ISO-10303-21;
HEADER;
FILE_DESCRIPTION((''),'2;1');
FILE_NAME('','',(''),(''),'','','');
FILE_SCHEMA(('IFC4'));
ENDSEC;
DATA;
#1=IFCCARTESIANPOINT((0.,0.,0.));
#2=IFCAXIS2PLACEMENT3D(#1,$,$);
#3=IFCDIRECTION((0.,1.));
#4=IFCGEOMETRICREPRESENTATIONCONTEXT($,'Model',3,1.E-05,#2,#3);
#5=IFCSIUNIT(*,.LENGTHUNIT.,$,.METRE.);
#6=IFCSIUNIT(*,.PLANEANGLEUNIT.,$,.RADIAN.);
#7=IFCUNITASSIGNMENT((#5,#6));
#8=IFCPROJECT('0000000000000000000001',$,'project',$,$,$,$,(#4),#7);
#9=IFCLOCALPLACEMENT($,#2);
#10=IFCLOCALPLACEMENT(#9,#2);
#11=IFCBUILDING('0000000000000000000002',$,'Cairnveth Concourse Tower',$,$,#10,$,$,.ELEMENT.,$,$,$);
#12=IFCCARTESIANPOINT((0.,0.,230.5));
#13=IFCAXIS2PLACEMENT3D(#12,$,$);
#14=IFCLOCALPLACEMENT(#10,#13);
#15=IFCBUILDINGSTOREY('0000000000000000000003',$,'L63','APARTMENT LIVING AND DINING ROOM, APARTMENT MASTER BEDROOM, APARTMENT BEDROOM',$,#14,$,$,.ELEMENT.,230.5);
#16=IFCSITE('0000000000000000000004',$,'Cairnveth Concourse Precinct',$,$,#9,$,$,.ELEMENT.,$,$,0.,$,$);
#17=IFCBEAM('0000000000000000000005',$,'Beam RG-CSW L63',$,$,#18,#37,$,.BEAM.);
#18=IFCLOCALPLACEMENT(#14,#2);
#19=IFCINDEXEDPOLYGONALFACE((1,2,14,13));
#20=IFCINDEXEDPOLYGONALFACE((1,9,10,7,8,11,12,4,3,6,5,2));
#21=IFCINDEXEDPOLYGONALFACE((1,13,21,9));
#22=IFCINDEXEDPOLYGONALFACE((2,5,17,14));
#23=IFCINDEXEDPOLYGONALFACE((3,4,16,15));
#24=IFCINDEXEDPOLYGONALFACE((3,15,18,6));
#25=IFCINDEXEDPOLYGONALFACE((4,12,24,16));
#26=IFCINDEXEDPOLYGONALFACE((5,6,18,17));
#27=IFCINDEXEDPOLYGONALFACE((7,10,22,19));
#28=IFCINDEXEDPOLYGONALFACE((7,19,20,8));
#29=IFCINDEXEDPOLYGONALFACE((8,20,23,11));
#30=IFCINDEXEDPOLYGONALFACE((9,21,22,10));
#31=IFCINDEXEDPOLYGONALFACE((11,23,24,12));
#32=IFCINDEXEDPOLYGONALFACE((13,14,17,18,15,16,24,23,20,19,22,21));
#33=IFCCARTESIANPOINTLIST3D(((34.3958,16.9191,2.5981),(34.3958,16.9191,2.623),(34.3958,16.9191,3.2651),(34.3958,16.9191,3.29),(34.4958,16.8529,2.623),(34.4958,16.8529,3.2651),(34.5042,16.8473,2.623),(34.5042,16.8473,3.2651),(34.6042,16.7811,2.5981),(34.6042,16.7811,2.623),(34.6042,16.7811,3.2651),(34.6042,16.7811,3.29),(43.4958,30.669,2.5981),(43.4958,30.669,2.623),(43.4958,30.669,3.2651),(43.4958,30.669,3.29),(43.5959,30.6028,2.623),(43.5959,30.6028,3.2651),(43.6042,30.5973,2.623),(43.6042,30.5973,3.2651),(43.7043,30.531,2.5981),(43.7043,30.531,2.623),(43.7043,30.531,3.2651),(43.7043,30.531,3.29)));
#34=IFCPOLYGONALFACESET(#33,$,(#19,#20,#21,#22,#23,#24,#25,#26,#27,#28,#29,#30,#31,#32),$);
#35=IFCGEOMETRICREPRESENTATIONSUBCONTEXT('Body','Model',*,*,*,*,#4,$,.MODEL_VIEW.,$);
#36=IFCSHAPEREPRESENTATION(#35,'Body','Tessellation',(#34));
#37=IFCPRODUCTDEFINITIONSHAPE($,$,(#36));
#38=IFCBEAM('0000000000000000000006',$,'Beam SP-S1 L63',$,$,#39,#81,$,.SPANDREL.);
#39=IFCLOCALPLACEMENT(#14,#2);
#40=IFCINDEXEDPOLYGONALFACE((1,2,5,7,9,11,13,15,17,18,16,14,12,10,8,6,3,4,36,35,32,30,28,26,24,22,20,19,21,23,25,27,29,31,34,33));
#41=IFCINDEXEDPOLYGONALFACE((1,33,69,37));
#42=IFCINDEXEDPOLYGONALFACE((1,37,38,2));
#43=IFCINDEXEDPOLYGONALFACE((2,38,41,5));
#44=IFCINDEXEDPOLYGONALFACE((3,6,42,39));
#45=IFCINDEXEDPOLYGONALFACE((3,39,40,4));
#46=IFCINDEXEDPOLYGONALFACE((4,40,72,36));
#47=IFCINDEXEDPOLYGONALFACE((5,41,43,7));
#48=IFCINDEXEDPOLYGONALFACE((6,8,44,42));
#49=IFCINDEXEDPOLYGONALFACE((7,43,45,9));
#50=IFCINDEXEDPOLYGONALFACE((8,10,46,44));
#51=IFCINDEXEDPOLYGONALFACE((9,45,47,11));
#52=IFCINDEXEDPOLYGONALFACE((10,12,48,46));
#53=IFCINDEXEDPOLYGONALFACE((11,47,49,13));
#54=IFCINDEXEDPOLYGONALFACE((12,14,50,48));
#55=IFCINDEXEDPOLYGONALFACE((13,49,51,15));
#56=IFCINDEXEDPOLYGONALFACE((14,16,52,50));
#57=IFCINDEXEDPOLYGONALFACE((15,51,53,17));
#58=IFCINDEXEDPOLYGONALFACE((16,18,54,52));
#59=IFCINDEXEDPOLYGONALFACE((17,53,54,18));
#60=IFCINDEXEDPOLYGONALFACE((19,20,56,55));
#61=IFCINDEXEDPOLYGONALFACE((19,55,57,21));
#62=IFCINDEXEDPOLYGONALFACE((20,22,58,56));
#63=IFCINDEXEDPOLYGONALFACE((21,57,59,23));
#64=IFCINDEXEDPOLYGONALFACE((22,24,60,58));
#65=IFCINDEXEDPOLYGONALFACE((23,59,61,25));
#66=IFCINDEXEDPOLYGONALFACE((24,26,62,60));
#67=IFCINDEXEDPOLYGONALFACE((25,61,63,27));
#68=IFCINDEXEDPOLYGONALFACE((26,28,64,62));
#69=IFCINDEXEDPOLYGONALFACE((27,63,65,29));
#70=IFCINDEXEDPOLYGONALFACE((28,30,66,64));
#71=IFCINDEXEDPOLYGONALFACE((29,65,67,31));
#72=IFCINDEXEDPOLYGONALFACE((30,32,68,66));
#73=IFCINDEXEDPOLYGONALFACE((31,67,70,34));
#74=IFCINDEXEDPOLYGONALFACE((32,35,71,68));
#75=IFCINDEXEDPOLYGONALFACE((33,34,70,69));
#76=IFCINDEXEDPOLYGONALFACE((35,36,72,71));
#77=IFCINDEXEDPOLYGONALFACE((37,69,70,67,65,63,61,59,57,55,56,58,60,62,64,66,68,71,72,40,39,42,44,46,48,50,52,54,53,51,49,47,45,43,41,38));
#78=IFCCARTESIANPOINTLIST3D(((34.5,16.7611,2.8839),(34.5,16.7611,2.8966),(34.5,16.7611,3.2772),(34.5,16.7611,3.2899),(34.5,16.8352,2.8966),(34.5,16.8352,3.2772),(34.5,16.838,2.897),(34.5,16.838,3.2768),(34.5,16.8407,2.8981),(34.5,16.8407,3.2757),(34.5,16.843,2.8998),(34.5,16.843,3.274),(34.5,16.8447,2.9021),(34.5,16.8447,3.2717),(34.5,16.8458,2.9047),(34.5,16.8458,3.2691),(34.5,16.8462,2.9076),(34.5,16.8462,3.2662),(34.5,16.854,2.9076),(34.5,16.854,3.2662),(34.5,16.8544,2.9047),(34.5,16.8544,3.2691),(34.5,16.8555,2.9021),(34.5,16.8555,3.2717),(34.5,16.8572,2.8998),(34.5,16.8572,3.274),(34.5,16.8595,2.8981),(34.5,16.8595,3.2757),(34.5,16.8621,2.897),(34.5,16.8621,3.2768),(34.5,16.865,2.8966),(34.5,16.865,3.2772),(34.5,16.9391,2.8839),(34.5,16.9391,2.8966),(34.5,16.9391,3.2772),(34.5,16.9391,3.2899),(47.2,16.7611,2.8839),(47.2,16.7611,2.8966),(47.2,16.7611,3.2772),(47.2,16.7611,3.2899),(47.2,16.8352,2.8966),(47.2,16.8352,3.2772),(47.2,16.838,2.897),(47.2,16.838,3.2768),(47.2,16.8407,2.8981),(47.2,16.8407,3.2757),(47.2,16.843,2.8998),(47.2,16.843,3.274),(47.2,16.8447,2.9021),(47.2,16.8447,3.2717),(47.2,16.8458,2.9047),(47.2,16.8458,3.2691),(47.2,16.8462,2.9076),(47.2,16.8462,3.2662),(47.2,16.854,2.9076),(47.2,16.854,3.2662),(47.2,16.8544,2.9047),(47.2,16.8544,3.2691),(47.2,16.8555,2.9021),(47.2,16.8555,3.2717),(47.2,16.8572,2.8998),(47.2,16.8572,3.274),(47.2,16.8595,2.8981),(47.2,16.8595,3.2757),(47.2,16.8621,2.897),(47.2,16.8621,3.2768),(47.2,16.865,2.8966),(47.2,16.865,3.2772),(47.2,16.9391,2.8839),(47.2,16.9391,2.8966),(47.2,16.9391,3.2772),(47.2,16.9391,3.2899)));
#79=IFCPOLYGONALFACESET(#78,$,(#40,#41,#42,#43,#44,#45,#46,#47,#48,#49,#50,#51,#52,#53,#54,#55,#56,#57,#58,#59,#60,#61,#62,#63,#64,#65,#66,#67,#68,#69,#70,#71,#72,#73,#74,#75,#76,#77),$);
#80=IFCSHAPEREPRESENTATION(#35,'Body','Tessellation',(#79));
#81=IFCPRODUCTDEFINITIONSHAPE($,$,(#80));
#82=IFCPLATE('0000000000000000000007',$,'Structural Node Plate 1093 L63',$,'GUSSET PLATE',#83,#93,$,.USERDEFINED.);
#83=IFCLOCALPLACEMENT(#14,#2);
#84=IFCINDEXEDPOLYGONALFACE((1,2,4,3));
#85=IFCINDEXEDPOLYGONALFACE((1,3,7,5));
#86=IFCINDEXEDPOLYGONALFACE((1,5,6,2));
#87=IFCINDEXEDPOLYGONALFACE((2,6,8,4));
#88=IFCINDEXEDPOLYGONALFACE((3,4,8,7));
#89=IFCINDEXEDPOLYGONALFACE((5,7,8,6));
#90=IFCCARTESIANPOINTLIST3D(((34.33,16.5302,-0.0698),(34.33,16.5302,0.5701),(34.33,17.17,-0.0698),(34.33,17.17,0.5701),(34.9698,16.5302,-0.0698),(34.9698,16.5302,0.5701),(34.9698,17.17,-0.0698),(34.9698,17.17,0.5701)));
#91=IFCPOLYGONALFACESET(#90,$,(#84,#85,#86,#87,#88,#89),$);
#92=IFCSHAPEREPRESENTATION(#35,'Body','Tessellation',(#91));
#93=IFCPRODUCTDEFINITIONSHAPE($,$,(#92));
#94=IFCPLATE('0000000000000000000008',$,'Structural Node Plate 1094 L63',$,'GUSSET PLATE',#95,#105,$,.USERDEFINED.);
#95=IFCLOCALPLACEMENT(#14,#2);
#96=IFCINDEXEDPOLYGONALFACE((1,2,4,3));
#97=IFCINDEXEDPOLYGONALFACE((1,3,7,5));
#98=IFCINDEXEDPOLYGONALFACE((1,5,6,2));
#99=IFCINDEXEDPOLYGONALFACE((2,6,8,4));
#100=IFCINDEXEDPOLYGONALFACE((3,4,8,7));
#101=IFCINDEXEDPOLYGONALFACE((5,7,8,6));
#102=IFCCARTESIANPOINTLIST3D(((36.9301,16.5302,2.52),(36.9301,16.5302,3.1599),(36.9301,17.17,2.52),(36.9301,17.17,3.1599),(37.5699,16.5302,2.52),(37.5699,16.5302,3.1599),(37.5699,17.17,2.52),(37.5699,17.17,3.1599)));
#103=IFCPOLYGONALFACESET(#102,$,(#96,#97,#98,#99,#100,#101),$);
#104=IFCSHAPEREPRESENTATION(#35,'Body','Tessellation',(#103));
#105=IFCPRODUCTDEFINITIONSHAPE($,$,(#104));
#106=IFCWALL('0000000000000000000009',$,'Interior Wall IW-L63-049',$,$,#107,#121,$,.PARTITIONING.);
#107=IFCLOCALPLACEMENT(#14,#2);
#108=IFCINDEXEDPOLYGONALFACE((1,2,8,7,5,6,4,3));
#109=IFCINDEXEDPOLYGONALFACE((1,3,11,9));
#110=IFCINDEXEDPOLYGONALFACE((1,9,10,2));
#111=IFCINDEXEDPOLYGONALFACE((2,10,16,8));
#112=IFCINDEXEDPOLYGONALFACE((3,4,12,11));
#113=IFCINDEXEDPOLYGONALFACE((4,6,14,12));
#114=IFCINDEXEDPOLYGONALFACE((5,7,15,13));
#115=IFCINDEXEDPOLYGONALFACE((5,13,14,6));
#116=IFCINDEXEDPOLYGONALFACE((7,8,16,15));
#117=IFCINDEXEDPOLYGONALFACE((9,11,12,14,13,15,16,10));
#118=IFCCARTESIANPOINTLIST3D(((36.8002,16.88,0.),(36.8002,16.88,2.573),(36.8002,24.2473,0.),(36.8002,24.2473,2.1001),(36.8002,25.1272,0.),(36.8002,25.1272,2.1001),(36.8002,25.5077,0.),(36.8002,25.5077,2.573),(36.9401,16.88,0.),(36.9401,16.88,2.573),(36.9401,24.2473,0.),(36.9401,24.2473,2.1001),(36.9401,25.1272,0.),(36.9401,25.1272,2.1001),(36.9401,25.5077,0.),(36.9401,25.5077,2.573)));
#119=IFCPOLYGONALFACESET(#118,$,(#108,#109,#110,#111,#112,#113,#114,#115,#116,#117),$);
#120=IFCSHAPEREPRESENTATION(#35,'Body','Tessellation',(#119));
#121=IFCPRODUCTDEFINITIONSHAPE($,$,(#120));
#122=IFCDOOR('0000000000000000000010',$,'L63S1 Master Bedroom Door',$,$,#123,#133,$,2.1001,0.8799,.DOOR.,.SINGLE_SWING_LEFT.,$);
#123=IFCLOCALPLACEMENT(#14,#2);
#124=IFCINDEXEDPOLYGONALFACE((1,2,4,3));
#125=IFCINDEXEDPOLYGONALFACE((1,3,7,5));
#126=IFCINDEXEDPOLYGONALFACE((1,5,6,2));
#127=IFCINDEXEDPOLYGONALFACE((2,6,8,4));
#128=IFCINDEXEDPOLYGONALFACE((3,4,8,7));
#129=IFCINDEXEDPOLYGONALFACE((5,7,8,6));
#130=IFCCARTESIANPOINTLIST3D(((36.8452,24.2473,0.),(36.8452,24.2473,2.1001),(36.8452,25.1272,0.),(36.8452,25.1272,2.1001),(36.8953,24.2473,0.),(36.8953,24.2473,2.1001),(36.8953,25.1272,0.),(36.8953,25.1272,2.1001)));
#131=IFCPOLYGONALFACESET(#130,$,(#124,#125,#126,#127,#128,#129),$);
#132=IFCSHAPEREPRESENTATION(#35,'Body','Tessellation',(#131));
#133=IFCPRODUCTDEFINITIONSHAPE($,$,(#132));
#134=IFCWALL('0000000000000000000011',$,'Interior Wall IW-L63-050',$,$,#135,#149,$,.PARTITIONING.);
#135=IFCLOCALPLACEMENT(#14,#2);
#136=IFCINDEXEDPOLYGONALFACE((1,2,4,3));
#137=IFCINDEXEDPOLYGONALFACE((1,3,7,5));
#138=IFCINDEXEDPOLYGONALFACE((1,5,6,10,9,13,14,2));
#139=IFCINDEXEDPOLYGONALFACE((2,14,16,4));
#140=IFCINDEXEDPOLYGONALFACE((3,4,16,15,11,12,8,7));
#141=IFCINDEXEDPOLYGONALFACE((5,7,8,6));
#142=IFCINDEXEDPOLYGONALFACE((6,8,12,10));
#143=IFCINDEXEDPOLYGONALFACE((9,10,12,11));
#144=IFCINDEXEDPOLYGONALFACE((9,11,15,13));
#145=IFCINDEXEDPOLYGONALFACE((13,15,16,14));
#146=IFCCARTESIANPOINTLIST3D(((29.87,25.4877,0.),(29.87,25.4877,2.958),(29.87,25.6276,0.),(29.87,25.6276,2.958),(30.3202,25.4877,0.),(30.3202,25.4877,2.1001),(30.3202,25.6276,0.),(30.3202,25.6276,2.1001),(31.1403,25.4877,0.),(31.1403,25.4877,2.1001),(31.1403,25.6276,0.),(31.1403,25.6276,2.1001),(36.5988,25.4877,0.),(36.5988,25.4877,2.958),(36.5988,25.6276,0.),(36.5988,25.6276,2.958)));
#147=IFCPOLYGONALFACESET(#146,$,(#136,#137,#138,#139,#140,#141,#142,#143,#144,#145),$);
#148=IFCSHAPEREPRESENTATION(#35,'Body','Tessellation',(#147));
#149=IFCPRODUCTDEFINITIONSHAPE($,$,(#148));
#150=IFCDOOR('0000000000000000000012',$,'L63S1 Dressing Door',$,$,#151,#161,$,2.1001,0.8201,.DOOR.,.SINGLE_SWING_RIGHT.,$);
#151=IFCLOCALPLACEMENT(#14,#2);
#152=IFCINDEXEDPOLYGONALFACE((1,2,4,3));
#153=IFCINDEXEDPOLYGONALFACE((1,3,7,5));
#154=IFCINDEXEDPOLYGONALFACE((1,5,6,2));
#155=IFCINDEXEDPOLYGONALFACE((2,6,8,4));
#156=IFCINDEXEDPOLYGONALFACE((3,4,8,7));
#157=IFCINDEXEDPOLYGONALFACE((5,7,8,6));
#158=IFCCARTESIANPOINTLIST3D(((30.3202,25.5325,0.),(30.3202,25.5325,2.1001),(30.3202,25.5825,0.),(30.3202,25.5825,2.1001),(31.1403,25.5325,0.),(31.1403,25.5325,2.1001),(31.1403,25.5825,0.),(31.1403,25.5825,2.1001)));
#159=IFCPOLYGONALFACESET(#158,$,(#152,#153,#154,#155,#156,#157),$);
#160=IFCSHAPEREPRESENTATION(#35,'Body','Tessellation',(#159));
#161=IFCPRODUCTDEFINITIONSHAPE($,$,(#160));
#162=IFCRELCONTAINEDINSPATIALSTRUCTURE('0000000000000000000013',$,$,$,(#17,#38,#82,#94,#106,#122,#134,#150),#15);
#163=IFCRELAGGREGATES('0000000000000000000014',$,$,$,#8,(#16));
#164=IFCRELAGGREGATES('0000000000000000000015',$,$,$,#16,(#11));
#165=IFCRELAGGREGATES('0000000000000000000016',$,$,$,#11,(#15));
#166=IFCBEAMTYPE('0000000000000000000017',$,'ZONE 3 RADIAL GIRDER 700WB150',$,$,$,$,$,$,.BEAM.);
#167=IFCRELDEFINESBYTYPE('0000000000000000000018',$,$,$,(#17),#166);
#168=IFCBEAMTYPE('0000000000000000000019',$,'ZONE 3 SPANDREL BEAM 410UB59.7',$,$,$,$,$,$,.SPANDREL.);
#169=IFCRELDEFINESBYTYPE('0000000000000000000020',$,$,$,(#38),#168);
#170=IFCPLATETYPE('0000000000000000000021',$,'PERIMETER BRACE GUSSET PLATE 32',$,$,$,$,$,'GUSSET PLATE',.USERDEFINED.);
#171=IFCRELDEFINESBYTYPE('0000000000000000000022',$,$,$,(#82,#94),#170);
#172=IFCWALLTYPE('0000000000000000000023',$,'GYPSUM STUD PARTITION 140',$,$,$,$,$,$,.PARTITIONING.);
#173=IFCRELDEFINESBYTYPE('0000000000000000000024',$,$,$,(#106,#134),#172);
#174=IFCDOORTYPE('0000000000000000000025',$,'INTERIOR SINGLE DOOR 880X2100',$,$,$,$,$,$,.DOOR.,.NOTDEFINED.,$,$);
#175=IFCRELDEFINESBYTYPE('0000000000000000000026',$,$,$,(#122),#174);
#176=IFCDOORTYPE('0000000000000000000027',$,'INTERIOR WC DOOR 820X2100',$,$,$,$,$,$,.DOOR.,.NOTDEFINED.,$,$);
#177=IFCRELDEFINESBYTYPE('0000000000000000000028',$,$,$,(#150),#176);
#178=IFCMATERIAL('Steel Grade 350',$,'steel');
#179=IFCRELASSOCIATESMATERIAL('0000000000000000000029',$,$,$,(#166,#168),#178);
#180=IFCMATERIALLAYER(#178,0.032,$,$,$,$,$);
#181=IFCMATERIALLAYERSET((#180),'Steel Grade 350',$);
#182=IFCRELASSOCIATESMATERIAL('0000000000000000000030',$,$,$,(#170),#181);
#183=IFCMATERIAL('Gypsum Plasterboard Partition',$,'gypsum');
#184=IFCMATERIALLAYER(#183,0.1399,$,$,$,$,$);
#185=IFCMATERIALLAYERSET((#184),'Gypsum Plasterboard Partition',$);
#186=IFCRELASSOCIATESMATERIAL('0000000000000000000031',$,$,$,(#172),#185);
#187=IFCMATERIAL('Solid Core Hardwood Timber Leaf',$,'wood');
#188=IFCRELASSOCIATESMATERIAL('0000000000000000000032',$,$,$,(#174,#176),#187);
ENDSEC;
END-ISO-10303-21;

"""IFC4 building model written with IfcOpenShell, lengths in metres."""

from ifc_helpers import new_model, si_unit, direction, frame, frame_2d, origin, origin_2d, place, context, subcontext, project, spatial, rectangle, i_section, extrude, material, layer, layer_set, material_profile, profile_set, type_object, element, fill, save


model = new_model("IFC4")

# Units and contexts
model_context = context("Model", 3, precision=1e-05, world=origin(), true_north=direction((0.0, 1.0)))
body_context = subcontext(model_context, "Body", "Model", "MODEL_VIEW")
ifc_project = project(units=[si_unit("LENGTHUNIT", "METRE"), si_unit("PLANEANGLEUNIT", "RADIAN")], contexts=[model_context])

# Site, building, storey
site_placement = place(None, origin())
site = spatial("IfcSite", under=ifc_project, at=site_placement, Name="Cairnveth Concourse Precinct", CompositionType="ELEMENT", RefElevation=0.0)
building_placement = place(site_placement, origin())
building = spatial("IfcBuilding", under=site, at=building_placement, Name="Cairnveth Concourse Tower", CompositionType="ELEMENT")
storey_placement = place(building_placement, frame((0.0, 0.0, 230.5)))
storey = spatial("IfcBuildingStorey", under=building, at=storey_placement, Name="L63", Description="APARTMENT LIVING AND DINING ROOM, APARTMENT MASTER BEDROOM, APARTMENT BEDROOM", CompositionType="ELEMENT", Elevation=230.5)

# Shared definitions
ifc_material_1 = material(Name="Steel Grade 350", Category="steel")

# Beams
ifc_material_profile_1 = material_profile(ifc_material_1, i_section(OverallWidth=0.25, OverallDepth=0.6919, WebThickness=0.01, FlangeThickness=0.0249, at=origin_2d()), Name="700WB150")
ifc_profile_set_1 = profile_set([ifc_material_profile_1], Name="Steel Grade 350")
beam_type_1 = type_object("IfcBeamType", Name="ZONE 3 RADIAL GIRDER 700WB150", PredefinedType="BEAM", material=ifc_profile_set_1)
beam_1_placement = place(storey_placement, frame((34.5, 16.8501, 2.9441), z_axis=(0.551902, 0.833909, 0.0), x_axis=(-0.833909, 0.551902, 0.0)))
element("IfcBeam", 1, at=beam_1_placement, inside=storey, type_object=beam_type_1, Name="Beam RG-CSW L63", PredefinedType="BEAM", context=body_context, shape_type="SweptSolid", body=[
    extrude(i_section(OverallWidth=0.25, OverallDepth=0.6919, WebThickness=0.01, FlangeThickness=0.0249, at=origin_2d()), origin(), (0.0, 0.0, 1.0), 16.4885),
])
ifc_material_profile_2 = material_profile(ifc_material_1, i_section(OverallWidth=0.178, OverallDepth=0.406, WebThickness=0.0078, FlangeThickness=0.0127, FilletRadius=0.011, at=origin_2d()), Name="410UB59.7")
ifc_profile_set_2 = profile_set([ifc_material_profile_2], Name="Steel Grade 350")
beam_type_2 = type_object("IfcBeamType", Name="ZONE 3 SPANDREL BEAM 410UB59.7", PredefinedType="SPANDREL", material=ifc_profile_set_2)
beam_2_placement = place(storey_placement, frame((34.5, 16.8501, 3.0869), z_axis=(1.0, 0.0, 0.0), x_axis=(0.0, 1.0, 0.0)))
element("IfcBeam", 2, at=beam_2_placement, inside=storey, type_object=beam_type_2, Name="Beam SP-S1 L63", PredefinedType="SPANDREL", context=body_context, shape_type="SweptSolid", body=[
    extrude(i_section(OverallWidth=0.178, OverallDepth=0.406, WebThickness=0.0078, FlangeThickness=0.0127, FilletRadius=0.011, at=origin_2d()), origin(), (0.0, 0.0, 1.0), 12.7),
])

# Plates
ifc_layer_1 = layer(ifc_material_1, 0.032)
ifc_layer_set_1 = layer_set([ifc_layer_1], Name="Steel Grade 350")
plate_type = type_object("IfcPlateType", Name="PERIMETER BRACE GUSSET PLATE 32", ElementType="GUSSET PLATE", PredefinedType="USERDEFINED", material=ifc_layer_set_1)
for number, where, z_axis, x_axis, name in (
    (3, (34.6499, 16.8501, -0.0698), (0.0, 0.0, 1.0), (1.0, 0.0, 0.0), "Structural Node Plate 1093 L63"),
    (4, (37.25, 16.8501, 2.52), (0.0, 0.0, 1.0), (1.0, 0.0, 0.0), "Structural Node Plate 1094 L63"),
):
    element("IfcPlate", number, at=place(storey_placement, frame(where, z_axis=z_axis, x_axis=x_axis)), inside=storey, type_object=plate_type, Name=name, ObjectType="GUSSET PLATE", PredefinedType="USERDEFINED", context=body_context, shape_type="SweptSolid", body=[
        extrude(rectangle(XDim=0.6399, YDim=0.6399, at=origin_2d()), origin(), (0.0, 0.0, 1.0), 0.6399),
    ])

# Walls, openings, doors
ifc_material_2 = material(Name="Gypsum Plasterboard Partition", Category="gypsum")
ifc_layer_2 = layer(ifc_material_2, 0.1399)
ifc_layer_set_2 = layer_set([ifc_layer_2], Name="Gypsum Plasterboard Partition")
wall_type_1 = type_object("IfcWallType", Name="GYPSUM STUD PARTITION 140", PredefinedType="PARTITIONING", material=ifc_layer_set_2)
wall_1_placement = place(storey_placement, frame((36.8701, 16.8799, 0.0), z_axis=(0.0, 0.0, 1.0), x_axis=(0.0, 1.0, 0.0)))
wall_1 = element("IfcWall", 5, at=wall_1_placement, inside=storey, type_object=wall_type_1, Name="Interior Wall IW-L63-049", PredefinedType="PARTITIONING", context=body_context, shape_type="SweptSolid", body=[
    extrude(rectangle(XDim=8.6277, YDim=0.1399, at=frame_2d((4.314, 0.0))), origin(), (0.0, 0.0, 1.0), 2.573),
])
opening_1_placement = place(wall_1_placement, frame((7.3674, 0.0, 0.0)))
opening_1 = element("IfcOpeningElement", 6, at=opening_1_placement, cuts=wall_1, PredefinedType="OPENING", context=body_context, shape_type="SweptSolid", body=[
    extrude(rectangle(XDim=0.8799, YDim=2.1001, at=frame_2d((0.4399, 1.05))), frame((0.0, 0.0798, 0.0), z_axis=(0.0, -1.0, 0.0), x_axis=(1.0, 0.0, 0.0)), (0.0, 0.0, 1.0), 0.1599),
])
ifc_material_3 = material(Name="Solid Core Hardwood Timber Leaf", Category="wood")
door_type_1 = type_object("IfcDoorType", Name="INTERIOR SINGLE DOOR 880X2100", OperationType="NOTDEFINED", PredefinedType="DOOR", material=ifc_material_3)
door_1_placement = place(opening_1_placement, origin())
door_1 = element("IfcDoor", 7, at=door_1_placement, inside=storey, type_object=door_type_1, Name="L63S1 Master Bedroom Door", OperationType="SINGLE_SWING_LEFT", OverallHeight=2.1001, OverallWidth=0.8799, PredefinedType="DOOR", context=body_context, shape_type="SweptSolid", body=[
    extrude(rectangle(XDim=0.8799, YDim=2.1001, at=frame_2d((0.4399, 1.05))), frame((0.0, 0.0249, 0.0), z_axis=(0.0, -1.0, 0.0), x_axis=(1.0, 0.0, 0.0)), (0.0, 0.0, 1.0), 0.05),
])
fill(opening_1, door_1)
wall_2_placement = place(storey_placement, frame((29.8701, 25.5576, 0.0), z_axis=(0.0, 0.0, 1.0), x_axis=(1.0, 0.0, 0.0)))
wall_2 = element("IfcWall", 8, at=wall_2_placement, inside=storey, type_object=wall_type_1, Name="Interior Wall IW-L63-050", PredefinedType="PARTITIONING", context=body_context, shape_type="SweptSolid", body=[
    extrude(rectangle(XDim=6.7288, YDim=0.1399, at=frame_2d((3.3643, 0.0))), origin(), (0.0, 0.0, 1.0), 2.958),
])
opening_2_placement = place(wall_2_placement, frame((0.45, 0.0, 0.0)))
opening_2 = element("IfcOpeningElement", 9, at=opening_2_placement, cuts=wall_2, PredefinedType="OPENING", context=body_context, shape_type="SweptSolid", body=[
    extrude(rectangle(XDim=0.8201, YDim=2.1001, at=frame_2d((0.4102, 1.05))), frame((0.0, 0.0798, 0.0), z_axis=(0.0, -1.0, 0.0), x_axis=(1.0, 0.0, 0.0)), (0.0, 0.0, 1.0), 0.1599),
])
door_type_2 = type_object("IfcDoorType", Name="INTERIOR WC DOOR 820X2100", OperationType="NOTDEFINED", PredefinedType="DOOR", material=ifc_material_3)
door_2_placement = place(opening_2_placement, origin())
door_2 = element("IfcDoor", 10, at=door_2_placement, inside=storey, type_object=door_type_2, Name="L63S1 Dressing Door", OperationType="SINGLE_SWING_RIGHT", OverallHeight=2.1001, OverallWidth=0.8201, PredefinedType="DOOR", context=body_context, shape_type="SweptSolid", body=[
    extrude(rectangle(XDim=0.8201, YDim=2.1001, at=frame_2d((0.4102, 1.05))), frame((0.0, 0.0249, 0.0), z_axis=(0.0, -1.0, 0.0), x_axis=(1.0, 0.0, 0.0)), (0.0, 0.0, 1.0), 0.05),
])
fill(opening_2, door_2)

save(model, "model.ifc")
